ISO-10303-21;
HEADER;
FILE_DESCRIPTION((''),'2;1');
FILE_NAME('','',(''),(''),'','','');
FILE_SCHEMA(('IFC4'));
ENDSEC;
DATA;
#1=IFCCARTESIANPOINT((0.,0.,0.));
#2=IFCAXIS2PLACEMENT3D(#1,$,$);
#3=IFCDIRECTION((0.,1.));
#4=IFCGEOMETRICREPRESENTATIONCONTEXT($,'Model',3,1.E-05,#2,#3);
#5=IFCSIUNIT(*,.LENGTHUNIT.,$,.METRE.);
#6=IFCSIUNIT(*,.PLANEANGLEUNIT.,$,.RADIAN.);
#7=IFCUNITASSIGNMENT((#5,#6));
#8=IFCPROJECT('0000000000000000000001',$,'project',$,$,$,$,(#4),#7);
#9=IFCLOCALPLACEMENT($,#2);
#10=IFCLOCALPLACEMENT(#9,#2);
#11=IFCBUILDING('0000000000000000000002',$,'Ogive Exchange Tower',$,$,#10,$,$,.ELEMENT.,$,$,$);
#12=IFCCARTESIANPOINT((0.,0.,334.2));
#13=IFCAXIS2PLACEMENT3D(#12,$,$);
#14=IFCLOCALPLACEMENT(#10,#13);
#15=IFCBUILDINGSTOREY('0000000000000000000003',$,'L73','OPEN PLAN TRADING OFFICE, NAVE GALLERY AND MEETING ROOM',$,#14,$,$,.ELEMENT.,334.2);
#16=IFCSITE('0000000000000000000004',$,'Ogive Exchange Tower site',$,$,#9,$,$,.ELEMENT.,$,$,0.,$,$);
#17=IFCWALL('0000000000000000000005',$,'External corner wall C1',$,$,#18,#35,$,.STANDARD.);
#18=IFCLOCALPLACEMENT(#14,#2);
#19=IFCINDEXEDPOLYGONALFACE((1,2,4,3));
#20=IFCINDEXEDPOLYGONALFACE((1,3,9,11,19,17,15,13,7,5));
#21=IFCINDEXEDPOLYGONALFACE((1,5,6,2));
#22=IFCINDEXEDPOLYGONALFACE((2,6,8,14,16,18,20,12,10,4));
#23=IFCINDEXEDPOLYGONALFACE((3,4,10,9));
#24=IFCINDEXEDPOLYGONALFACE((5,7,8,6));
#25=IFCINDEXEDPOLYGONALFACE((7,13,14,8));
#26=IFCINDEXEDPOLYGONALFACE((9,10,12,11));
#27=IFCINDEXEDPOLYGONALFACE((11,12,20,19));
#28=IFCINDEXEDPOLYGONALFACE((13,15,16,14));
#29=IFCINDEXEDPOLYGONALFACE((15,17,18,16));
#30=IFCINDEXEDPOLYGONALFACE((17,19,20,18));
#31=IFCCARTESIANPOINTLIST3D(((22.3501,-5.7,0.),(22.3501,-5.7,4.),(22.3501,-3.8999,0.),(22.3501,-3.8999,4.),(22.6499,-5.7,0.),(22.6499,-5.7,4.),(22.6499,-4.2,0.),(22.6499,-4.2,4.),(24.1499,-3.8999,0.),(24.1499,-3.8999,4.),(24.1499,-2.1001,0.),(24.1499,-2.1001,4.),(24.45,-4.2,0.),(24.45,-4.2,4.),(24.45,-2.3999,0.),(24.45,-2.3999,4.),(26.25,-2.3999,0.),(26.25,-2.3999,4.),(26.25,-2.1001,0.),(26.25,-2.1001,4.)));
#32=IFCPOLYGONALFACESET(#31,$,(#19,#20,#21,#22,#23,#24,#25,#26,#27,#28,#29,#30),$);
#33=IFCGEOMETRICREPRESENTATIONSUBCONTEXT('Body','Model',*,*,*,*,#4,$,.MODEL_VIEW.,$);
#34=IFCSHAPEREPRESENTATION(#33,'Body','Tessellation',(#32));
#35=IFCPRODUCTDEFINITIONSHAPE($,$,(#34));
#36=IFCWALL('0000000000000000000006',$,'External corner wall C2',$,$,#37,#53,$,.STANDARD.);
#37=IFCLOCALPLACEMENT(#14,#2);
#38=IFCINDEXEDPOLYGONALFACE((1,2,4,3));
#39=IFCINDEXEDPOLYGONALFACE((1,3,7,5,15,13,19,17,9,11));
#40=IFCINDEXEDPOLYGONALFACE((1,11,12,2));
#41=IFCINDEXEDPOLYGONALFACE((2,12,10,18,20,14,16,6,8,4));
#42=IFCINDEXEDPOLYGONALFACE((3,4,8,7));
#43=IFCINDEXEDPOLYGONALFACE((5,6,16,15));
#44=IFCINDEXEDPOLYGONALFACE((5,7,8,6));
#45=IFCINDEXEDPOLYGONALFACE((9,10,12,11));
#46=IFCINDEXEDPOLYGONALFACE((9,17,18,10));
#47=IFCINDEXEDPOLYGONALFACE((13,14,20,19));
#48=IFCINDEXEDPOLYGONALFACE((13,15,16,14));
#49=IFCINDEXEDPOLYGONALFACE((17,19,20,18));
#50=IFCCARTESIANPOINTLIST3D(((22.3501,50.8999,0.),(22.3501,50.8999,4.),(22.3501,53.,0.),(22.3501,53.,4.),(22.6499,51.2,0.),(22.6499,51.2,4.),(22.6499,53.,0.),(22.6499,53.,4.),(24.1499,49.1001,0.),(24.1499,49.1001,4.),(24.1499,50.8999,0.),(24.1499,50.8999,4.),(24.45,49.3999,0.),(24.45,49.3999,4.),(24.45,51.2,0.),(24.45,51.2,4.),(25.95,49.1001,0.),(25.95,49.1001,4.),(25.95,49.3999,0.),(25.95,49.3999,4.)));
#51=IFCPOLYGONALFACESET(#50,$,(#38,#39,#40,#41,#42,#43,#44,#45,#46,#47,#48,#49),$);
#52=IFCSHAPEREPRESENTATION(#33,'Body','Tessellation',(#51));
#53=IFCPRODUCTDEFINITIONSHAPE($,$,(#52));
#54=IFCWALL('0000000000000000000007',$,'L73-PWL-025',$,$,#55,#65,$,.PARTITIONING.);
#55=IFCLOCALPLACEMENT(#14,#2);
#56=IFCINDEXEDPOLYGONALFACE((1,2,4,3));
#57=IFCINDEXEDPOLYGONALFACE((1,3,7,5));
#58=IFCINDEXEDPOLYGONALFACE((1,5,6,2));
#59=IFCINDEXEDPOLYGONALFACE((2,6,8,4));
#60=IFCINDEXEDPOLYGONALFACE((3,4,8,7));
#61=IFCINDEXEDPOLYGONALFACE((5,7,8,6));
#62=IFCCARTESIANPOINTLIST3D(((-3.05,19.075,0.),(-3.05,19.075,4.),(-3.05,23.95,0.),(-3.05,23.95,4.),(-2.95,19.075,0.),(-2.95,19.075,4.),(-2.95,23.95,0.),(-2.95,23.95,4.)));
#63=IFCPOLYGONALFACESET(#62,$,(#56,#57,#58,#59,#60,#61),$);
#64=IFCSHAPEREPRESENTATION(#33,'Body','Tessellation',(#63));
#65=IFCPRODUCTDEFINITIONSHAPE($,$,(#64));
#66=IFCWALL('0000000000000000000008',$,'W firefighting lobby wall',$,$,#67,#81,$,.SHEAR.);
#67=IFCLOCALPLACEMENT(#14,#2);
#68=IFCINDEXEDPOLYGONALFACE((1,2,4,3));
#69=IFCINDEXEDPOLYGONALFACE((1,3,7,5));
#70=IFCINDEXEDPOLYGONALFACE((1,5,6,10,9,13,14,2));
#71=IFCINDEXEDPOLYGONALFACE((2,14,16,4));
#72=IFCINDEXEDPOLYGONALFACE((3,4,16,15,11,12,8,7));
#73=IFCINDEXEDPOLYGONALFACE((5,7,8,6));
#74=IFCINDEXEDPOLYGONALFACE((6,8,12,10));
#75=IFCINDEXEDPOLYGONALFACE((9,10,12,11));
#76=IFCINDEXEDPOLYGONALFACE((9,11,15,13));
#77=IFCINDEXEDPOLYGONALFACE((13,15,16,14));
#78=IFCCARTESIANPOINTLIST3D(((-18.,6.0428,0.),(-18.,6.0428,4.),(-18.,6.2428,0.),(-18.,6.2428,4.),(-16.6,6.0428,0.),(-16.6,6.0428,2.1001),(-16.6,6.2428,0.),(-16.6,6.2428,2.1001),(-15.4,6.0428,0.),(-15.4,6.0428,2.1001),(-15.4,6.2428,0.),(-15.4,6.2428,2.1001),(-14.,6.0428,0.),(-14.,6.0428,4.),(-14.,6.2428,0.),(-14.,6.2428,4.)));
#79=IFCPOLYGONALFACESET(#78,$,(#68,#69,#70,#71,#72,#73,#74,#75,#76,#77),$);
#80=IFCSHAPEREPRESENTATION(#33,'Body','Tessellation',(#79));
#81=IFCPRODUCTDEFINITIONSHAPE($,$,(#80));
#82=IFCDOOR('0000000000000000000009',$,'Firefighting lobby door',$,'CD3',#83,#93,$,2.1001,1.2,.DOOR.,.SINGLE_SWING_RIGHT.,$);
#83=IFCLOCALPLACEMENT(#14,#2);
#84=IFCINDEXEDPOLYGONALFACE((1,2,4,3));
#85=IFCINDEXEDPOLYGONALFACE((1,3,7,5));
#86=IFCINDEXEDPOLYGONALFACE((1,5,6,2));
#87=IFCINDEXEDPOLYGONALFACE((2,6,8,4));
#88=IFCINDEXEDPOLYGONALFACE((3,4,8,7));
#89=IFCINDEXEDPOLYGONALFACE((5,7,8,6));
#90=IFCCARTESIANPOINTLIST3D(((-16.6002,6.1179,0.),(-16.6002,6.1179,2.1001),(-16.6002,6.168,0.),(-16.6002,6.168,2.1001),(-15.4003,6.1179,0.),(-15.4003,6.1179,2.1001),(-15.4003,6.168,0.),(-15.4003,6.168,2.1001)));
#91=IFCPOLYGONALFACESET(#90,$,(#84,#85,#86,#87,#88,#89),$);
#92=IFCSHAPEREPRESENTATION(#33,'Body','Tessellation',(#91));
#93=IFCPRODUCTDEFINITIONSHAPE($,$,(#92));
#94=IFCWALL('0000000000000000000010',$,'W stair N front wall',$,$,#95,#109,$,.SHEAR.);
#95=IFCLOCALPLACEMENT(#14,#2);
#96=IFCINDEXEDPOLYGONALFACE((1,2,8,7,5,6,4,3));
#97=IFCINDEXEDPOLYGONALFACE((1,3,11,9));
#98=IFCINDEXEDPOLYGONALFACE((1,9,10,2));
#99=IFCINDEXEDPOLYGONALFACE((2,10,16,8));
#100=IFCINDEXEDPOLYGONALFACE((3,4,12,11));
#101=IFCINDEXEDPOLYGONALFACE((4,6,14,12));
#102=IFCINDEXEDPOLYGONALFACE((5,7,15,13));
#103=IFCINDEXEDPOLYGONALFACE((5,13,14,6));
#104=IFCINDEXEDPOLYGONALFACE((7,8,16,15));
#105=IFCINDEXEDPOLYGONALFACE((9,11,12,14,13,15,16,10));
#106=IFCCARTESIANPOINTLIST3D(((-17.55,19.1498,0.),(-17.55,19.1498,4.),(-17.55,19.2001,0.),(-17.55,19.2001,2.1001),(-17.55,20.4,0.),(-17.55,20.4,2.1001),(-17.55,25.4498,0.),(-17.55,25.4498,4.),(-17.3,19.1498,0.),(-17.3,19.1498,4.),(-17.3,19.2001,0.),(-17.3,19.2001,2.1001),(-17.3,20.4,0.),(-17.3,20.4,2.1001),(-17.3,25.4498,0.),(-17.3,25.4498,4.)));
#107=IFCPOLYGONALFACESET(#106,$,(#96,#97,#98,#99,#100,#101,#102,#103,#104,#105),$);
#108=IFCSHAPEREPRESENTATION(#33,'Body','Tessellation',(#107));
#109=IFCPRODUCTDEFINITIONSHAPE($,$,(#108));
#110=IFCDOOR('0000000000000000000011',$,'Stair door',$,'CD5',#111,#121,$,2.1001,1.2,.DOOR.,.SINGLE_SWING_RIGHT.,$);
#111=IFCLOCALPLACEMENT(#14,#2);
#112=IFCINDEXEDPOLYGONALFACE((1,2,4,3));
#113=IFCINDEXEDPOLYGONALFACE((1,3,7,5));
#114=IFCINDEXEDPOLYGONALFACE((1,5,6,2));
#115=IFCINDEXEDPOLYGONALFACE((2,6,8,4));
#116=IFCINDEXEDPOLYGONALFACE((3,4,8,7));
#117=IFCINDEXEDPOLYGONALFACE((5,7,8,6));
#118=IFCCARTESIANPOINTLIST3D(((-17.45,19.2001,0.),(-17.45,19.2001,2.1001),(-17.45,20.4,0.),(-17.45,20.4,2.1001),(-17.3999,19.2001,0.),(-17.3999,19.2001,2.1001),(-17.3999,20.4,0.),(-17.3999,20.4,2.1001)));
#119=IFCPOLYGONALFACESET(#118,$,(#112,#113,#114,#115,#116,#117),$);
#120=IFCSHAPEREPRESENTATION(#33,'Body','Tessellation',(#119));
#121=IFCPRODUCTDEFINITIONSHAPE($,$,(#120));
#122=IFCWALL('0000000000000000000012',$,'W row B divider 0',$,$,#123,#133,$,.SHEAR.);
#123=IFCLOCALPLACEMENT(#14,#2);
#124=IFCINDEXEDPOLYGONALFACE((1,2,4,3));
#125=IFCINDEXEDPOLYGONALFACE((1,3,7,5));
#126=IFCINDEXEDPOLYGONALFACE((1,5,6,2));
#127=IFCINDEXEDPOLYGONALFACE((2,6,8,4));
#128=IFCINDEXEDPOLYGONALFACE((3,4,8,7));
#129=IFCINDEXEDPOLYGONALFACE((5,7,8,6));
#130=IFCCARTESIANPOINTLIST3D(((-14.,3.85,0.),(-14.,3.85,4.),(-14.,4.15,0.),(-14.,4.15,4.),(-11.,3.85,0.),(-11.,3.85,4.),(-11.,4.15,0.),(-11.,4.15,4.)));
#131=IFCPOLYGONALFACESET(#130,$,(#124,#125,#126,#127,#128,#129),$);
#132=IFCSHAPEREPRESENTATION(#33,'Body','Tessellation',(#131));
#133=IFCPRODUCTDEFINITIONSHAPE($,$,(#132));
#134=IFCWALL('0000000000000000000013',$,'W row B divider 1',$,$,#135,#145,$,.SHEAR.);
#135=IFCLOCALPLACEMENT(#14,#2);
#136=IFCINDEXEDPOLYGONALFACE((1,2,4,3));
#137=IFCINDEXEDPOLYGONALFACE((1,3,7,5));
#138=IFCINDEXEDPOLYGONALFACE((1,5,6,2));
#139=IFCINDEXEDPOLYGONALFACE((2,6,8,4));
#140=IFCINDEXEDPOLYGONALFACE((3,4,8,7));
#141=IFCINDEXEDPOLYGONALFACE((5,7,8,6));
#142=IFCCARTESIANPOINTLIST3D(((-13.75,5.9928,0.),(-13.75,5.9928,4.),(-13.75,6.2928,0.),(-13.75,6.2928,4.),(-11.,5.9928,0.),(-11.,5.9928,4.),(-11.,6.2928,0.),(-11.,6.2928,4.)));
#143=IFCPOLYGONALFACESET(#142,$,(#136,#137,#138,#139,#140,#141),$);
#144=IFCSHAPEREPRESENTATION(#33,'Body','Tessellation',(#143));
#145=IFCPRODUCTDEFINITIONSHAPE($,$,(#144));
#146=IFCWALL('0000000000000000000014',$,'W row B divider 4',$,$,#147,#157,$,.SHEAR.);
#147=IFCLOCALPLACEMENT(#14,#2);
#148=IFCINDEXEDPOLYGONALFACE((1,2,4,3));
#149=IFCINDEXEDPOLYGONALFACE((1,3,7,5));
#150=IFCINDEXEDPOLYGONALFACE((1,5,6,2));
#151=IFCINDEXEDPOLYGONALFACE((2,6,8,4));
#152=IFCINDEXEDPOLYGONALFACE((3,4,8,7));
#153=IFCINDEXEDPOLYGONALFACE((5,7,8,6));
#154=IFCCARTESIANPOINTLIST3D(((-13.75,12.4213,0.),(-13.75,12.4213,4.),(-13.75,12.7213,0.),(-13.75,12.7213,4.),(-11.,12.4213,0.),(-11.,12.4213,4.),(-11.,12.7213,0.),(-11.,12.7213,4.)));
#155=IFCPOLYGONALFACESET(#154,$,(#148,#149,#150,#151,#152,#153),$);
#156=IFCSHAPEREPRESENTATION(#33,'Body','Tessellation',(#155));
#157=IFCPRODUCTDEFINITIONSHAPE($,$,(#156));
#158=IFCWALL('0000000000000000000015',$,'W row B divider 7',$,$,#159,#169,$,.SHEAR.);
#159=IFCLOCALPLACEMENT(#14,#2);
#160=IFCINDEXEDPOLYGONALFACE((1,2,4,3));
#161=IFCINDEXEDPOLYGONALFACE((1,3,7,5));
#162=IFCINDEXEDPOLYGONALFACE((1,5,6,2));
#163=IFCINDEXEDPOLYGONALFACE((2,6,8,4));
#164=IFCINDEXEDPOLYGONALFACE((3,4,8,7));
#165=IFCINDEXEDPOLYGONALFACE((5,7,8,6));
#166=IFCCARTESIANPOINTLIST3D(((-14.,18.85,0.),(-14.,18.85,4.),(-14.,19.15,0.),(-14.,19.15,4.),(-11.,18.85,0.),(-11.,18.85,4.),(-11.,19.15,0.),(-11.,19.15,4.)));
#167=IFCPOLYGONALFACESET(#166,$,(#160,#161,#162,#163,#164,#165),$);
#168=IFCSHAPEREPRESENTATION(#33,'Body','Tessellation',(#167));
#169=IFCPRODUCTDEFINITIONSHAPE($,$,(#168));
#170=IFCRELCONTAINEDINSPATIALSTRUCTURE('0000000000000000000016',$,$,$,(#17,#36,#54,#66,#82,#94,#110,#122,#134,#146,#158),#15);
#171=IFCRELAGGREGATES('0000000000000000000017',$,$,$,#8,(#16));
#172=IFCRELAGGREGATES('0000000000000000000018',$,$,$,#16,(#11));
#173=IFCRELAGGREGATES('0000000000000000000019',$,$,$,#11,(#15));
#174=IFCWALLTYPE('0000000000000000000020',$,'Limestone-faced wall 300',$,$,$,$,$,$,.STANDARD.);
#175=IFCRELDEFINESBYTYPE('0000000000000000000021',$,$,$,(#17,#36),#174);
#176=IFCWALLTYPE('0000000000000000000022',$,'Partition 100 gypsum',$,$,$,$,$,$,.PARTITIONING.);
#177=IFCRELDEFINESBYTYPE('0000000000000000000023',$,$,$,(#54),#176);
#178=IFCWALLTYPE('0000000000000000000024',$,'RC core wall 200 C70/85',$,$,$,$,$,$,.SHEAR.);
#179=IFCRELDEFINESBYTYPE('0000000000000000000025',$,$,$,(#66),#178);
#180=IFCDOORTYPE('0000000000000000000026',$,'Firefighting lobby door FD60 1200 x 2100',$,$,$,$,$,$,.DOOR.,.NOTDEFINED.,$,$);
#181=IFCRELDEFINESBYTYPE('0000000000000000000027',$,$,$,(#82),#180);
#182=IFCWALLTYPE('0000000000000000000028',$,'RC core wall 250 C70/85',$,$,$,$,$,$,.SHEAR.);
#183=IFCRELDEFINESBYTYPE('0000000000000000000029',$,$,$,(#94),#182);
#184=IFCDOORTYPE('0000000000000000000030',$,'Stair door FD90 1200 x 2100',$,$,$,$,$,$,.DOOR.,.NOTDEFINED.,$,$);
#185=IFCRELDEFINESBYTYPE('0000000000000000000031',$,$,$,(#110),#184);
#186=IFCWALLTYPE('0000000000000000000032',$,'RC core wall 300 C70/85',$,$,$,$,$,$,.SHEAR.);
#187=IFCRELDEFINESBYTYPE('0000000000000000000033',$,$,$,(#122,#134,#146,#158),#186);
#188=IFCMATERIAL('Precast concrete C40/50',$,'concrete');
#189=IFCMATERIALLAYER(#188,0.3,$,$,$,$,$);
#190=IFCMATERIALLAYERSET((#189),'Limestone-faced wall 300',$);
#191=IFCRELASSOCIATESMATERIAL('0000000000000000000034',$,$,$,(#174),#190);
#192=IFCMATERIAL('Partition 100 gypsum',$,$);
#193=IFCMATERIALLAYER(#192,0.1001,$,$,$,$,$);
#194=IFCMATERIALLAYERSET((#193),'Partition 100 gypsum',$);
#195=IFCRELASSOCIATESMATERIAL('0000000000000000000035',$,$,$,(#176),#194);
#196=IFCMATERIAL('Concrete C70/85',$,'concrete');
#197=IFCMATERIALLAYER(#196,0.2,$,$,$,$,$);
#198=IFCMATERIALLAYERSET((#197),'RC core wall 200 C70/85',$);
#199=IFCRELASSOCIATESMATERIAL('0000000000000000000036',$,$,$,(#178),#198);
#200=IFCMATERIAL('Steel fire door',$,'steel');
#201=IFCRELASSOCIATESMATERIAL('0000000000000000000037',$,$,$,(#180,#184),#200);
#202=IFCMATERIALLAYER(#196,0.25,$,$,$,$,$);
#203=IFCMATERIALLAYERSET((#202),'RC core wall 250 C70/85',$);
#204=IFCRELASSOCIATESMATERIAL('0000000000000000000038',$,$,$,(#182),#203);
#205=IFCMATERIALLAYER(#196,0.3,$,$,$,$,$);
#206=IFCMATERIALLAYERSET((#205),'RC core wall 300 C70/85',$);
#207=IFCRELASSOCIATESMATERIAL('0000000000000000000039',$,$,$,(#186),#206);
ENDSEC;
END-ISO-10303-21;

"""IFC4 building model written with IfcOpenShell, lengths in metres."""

from ifc_helpers import new_model, si_unit, direction, frame, frame_2d, origin, place, context, subcontext, project, spatial, polyline, rectangle, outline, extrude, material, layer, layer_set, type_object, element, fill, save


model = new_model("IFC4")

# Units and contexts
model_context = context("Model", 3, precision=1e-05, world=origin(), true_north=direction((0.0, 1.0)))
body_context = subcontext(model_context, "Body", "Model", "MODEL_VIEW")
ifc_project = project(units=[si_unit("LENGTHUNIT", "METRE"), si_unit("PLANEANGLEUNIT", "RADIAN")], contexts=[model_context])

# Site, building, storey
site_placement = place(None, origin())
site = spatial("IfcSite", under=ifc_project, at=site_placement, Name="Ogive Exchange Tower site", CompositionType="ELEMENT", RefElevation=0.0)
building_placement = place(site_placement, origin())
building = spatial("IfcBuilding", under=site, at=building_placement, Name="Ogive Exchange Tower", CompositionType="ELEMENT")
storey_placement = place(building_placement, frame((0.0, 0.0, 334.2)))
storey = spatial("IfcBuildingStorey", under=building, at=storey_placement, Name="L73", Description="OPEN PLAN TRADING OFFICE, NAVE GALLERY AND MEETING ROOM", CompositionType="ELEMENT", Elevation=334.2)

# Walls
ifc_material_1 = material(Name="Precast concrete C40/50", Category="concrete")
ifc_layer_1 = layer(ifc_material_1, 0.3)
ifc_layer_set_1 = layer_set([ifc_layer_1], Name="Limestone-faced wall 300")
wall_type_1 = type_object("IfcWallType", Name="Limestone-faced wall 300", PredefinedType="STANDARD", material=ifc_layer_set_1)
wall_1_placement = place(storey_placement, origin())
element("IfcWall", 1, at=wall_1_placement, inside=storey, type_object=wall_type_1, Name="External corner wall C1", PredefinedType="STANDARD", context=body_context, shape_type="SweptSolid", body=[
    extrude(outline(polyline([(24.1499, -3.8999), (24.1499, -2.1001), (26.25, -2.1001), (26.25, -2.3999), (24.45, -2.3999), (24.45, -4.2), (22.6499, -4.2), (22.6499, -5.7), (22.3501, -5.7), (22.3501, -3.8999), (24.1499, -3.8999)])), origin(), (0.0, 0.0, 1.0), 4.0),
])
wall_2_placement = place(storey_placement, origin())
element("IfcWall", 2, at=wall_2_placement, inside=storey, type_object=wall_type_1, Name="External corner wall C2", PredefinedType="STANDARD", context=body_context, shape_type="SweptSolid", body=[
    extrude(outline(polyline([(24.1499, 50.8999), (22.3501, 50.8999), (22.3501, 53.0), (22.6499, 53.0), (22.6499, 51.2), (24.45, 51.2), (24.45, 49.3999), (25.95, 49.3999), (25.95, 49.1001), (24.1499, 49.1001), (24.1499, 50.8999)])), origin(), (0.0, 0.0, 1.0), 4.0),
])
ifc_material_2 = material(Name="Partition 100 gypsum")
ifc_layer_2 = layer(ifc_material_2, 0.1001)
ifc_layer_set_2 = layer_set([ifc_layer_2], Name="Partition 100 gypsum")
wall_type_2 = type_object("IfcWallType", Name="Partition 100 gypsum", PredefinedType="PARTITIONING", material=ifc_layer_set_2)
wall_3_placement = place(storey_placement, frame((-3.0, 19.075, 0.0), z_axis=(0.0, 0.0, 1.0), x_axis=(0.0, 1.0, 0.0)))
element("IfcWall", 3, at=wall_3_placement, inside=storey, type_object=wall_type_2, Name="L73-PWL-025", PredefinedType="PARTITIONING", context=body_context, shape_type="SweptSolid", body=[
    extrude(rectangle(XDim=4.875, YDim=0.1001, at=frame_2d((2.4375, 0.0))), origin(), (0.0, 0.0, 1.0), 4.0),
])

# Walls, openings, doors
ifc_material_3 = material(Name="Concrete C70/85", Category="concrete")
ifc_layer_3 = layer(ifc_material_3, 0.2)
ifc_layer_set_3 = layer_set([ifc_layer_3], Name="RC core wall 200 C70/85")
wall_type_3 = type_object("IfcWallType", Name="RC core wall 200 C70/85", PredefinedType="SHEAR", material=ifc_layer_set_3)
wall_4_placement = place(storey_placement, frame((-18.0, 6.1428, 0.0), z_axis=(0.0, 0.0, 1.0), x_axis=(1.0, 0.0, 0.0)))
wall_4 = element("IfcWall", 4, at=wall_4_placement, inside=storey, type_object=wall_type_3, Name="W firefighting lobby wall", PredefinedType="SHEAR", context=body_context, shape_type="SweptSolid", body=[
    extrude(rectangle(XDim=4.0, YDim=0.2, at=frame_2d((2.0, 0.0))), origin(), (0.0, 0.0, 1.0), 4.0),
])
opening_1_placement = place(wall_4_placement, frame((1.3999, 0.0, 0.0)))
opening_1 = element("IfcOpeningElement", 5, at=opening_1_placement, cuts=wall_4, PredefinedType="OPENING", context=body_context, shape_type="SweptSolid", body=[
    extrude(rectangle(XDim=1.2, YDim=2.1001, at=frame_2d((0.6001, 1.05))), frame((0.0, 0.1099, 0.0), z_axis=(0.0, -1.0, 0.0), x_axis=(1.0, 0.0, 0.0)), (0.0, 0.0, 1.0), 0.22),
])
ifc_material_4 = material(Name="Steel fire door", Category="steel")
door_type_1 = type_object("IfcDoorType", Name="Firefighting lobby door FD60 1200 x 2100", OperationType="NOTDEFINED", PredefinedType="DOOR", material=ifc_material_4)
door_1_placement = place(opening_1_placement, frame((1.2, 0.0, 0.0), z_axis=(0.0, 0.0, 1.0), x_axis=(-1.0, 0.0, 0.0)))
door_1 = element("IfcDoor", 6, at=door_1_placement, inside=storey, type_object=door_type_1, Name="Firefighting lobby door", ObjectType="CD3", OperationType="SINGLE_SWING_RIGHT", OverallHeight=2.1001, OverallWidth=1.2, PredefinedType="DOOR", context=body_context, shape_type="SweptSolid", body=[
    extrude(rectangle(XDim=1.2, YDim=2.1001, at=frame_2d((0.6001, 1.05))), frame((0.0, 0.0249, 0.0), z_axis=(0.0, -1.0, 0.0), x_axis=(1.0, 0.0, 0.0)), (0.0, 0.0, 1.0), 0.05),
])
fill(opening_1, door_1)
ifc_layer_4 = layer(ifc_material_3, 0.25)
ifc_layer_set_4 = layer_set([ifc_layer_4], Name="RC core wall 250 C70/85")
wall_type_4 = type_object("IfcWallType", Name="RC core wall 250 C70/85", PredefinedType="SHEAR", material=ifc_layer_set_4)
wall_5_placement = place(storey_placement, frame((-17.425, 19.1499, 0.0), z_axis=(0.0, 0.0, 1.0), x_axis=(0.0, 1.0, 0.0)))
wall_5 = element("IfcWall", 7, at=wall_5_placement, inside=storey, type_object=wall_type_4, Name="W stair N front wall", PredefinedType="SHEAR", context=body_context, shape_type="SweptSolid", body=[
    extrude(rectangle(XDim=6.3, YDim=0.25, at=frame_2d((3.1499, 0.0))), origin(), (0.0, 0.0, 1.0), 4.0),
])
opening_2_placement = place(wall_5_placement, frame((0.05, 0.0, 0.0)))
opening_2 = element("IfcOpeningElement", 8, at=opening_2_placement, cuts=wall_5, PredefinedType="OPENING", context=body_context, shape_type="SweptSolid", body=[
    extrude(rectangle(XDim=1.2, YDim=2.1001, at=frame_2d((0.6001, 1.05))), frame((0.0, 0.135, 0.0), z_axis=(0.0, -1.0, 0.0), x_axis=(1.0, 0.0, 0.0)), (0.0, 0.0, 1.0), 0.27),
])
door_type_2 = type_object("IfcDoorType", Name="Stair door FD90 1200 x 2100", OperationType="NOTDEFINED", PredefinedType="DOOR", material=ifc_material_4)
door_2_placement = place(opening_2_placement, origin())
door_2 = element("IfcDoor", 9, at=door_2_placement, inside=storey, type_object=door_type_2, Name="Stair door", ObjectType="CD5", OperationType="SINGLE_SWING_RIGHT", OverallHeight=2.1001, OverallWidth=1.2, PredefinedType="DOOR", context=body_context, shape_type="SweptSolid", body=[
    extrude(rectangle(XDim=1.2, YDim=2.1001, at=frame_2d((0.6001, 1.05))), frame((0.0, 0.0249, 0.0), z_axis=(0.0, -1.0, 0.0), x_axis=(1.0, 0.0, 0.0)), (0.0, 0.0, 1.0), 0.05),
])
fill(opening_2, door_2)

# Walls
ifc_layer_5 = layer(ifc_material_3, 0.3)
ifc_layer_set_5 = layer_set([ifc_layer_5], Name="RC core wall 300 C70/85")
wall_type_5 = type_object("IfcWallType", Name="RC core wall 300 C70/85", PredefinedType="SHEAR", material=ifc_layer_set_5)
wall_6_placement = place(storey_placement, frame((-14.0, 4.0, 0.0), z_axis=(0.0, 0.0, 1.0), x_axis=(1.0, 0.0, 0.0)))
element("IfcWall", 10, at=wall_6_placement, inside=storey, type_object=wall_type_5, Name="W row B divider 0", PredefinedType="SHEAR", context=body_context, shape_type="SweptSolid", body=[
    extrude(rectangle(XDim=3.0, YDim=0.3, at=frame_2d((1.5, 0.0))), origin(), (0.0, 0.0, 1.0), 4.0),
])
for number, where, z_axis, x_axis, name in (
    (11, (-13.75, 6.1428, 0.0), (0.0, 0.0, 1.0), (1.0, 0.0, 0.0), "W row B divider 1"),
    (12, (-13.75, 12.5713, 0.0), (0.0, 0.0, 1.0), (1.0, 0.0, 0.0), "W row B divider 4"),
):
    element("IfcWall", number, at=place(storey_placement, frame(where, z_axis=z_axis, x_axis=x_axis)), inside=storey, type_object=wall_type_5, Name=name, PredefinedType="SHEAR", context=body_context, shape_type="SweptSolid", body=[
        extrude(rectangle(XDim=2.75, YDim=0.3, at=frame_2d((1.375, 0.0))), origin(), (0.0, 0.0, 1.0), 4.0),
    ])
wall_7_placement = place(storey_placement, frame((-14.0, 19.0, 0.0), z_axis=(0.0, 0.0, 1.0), x_axis=(1.0, 0.0, 0.0)))
element("IfcWall", 13, at=wall_7_placement, inside=storey, type_object=wall_type_5, Name="W row B divider 7", PredefinedType="SHEAR", context=body_context, shape_type="SweptSolid", body=[
    extrude(rectangle(XDim=3.0, YDim=0.3, at=frame_2d((1.5, 0.0))), origin(), (0.0, 0.0, 1.0), 4.0),
])

save(model, "model.ifc")
